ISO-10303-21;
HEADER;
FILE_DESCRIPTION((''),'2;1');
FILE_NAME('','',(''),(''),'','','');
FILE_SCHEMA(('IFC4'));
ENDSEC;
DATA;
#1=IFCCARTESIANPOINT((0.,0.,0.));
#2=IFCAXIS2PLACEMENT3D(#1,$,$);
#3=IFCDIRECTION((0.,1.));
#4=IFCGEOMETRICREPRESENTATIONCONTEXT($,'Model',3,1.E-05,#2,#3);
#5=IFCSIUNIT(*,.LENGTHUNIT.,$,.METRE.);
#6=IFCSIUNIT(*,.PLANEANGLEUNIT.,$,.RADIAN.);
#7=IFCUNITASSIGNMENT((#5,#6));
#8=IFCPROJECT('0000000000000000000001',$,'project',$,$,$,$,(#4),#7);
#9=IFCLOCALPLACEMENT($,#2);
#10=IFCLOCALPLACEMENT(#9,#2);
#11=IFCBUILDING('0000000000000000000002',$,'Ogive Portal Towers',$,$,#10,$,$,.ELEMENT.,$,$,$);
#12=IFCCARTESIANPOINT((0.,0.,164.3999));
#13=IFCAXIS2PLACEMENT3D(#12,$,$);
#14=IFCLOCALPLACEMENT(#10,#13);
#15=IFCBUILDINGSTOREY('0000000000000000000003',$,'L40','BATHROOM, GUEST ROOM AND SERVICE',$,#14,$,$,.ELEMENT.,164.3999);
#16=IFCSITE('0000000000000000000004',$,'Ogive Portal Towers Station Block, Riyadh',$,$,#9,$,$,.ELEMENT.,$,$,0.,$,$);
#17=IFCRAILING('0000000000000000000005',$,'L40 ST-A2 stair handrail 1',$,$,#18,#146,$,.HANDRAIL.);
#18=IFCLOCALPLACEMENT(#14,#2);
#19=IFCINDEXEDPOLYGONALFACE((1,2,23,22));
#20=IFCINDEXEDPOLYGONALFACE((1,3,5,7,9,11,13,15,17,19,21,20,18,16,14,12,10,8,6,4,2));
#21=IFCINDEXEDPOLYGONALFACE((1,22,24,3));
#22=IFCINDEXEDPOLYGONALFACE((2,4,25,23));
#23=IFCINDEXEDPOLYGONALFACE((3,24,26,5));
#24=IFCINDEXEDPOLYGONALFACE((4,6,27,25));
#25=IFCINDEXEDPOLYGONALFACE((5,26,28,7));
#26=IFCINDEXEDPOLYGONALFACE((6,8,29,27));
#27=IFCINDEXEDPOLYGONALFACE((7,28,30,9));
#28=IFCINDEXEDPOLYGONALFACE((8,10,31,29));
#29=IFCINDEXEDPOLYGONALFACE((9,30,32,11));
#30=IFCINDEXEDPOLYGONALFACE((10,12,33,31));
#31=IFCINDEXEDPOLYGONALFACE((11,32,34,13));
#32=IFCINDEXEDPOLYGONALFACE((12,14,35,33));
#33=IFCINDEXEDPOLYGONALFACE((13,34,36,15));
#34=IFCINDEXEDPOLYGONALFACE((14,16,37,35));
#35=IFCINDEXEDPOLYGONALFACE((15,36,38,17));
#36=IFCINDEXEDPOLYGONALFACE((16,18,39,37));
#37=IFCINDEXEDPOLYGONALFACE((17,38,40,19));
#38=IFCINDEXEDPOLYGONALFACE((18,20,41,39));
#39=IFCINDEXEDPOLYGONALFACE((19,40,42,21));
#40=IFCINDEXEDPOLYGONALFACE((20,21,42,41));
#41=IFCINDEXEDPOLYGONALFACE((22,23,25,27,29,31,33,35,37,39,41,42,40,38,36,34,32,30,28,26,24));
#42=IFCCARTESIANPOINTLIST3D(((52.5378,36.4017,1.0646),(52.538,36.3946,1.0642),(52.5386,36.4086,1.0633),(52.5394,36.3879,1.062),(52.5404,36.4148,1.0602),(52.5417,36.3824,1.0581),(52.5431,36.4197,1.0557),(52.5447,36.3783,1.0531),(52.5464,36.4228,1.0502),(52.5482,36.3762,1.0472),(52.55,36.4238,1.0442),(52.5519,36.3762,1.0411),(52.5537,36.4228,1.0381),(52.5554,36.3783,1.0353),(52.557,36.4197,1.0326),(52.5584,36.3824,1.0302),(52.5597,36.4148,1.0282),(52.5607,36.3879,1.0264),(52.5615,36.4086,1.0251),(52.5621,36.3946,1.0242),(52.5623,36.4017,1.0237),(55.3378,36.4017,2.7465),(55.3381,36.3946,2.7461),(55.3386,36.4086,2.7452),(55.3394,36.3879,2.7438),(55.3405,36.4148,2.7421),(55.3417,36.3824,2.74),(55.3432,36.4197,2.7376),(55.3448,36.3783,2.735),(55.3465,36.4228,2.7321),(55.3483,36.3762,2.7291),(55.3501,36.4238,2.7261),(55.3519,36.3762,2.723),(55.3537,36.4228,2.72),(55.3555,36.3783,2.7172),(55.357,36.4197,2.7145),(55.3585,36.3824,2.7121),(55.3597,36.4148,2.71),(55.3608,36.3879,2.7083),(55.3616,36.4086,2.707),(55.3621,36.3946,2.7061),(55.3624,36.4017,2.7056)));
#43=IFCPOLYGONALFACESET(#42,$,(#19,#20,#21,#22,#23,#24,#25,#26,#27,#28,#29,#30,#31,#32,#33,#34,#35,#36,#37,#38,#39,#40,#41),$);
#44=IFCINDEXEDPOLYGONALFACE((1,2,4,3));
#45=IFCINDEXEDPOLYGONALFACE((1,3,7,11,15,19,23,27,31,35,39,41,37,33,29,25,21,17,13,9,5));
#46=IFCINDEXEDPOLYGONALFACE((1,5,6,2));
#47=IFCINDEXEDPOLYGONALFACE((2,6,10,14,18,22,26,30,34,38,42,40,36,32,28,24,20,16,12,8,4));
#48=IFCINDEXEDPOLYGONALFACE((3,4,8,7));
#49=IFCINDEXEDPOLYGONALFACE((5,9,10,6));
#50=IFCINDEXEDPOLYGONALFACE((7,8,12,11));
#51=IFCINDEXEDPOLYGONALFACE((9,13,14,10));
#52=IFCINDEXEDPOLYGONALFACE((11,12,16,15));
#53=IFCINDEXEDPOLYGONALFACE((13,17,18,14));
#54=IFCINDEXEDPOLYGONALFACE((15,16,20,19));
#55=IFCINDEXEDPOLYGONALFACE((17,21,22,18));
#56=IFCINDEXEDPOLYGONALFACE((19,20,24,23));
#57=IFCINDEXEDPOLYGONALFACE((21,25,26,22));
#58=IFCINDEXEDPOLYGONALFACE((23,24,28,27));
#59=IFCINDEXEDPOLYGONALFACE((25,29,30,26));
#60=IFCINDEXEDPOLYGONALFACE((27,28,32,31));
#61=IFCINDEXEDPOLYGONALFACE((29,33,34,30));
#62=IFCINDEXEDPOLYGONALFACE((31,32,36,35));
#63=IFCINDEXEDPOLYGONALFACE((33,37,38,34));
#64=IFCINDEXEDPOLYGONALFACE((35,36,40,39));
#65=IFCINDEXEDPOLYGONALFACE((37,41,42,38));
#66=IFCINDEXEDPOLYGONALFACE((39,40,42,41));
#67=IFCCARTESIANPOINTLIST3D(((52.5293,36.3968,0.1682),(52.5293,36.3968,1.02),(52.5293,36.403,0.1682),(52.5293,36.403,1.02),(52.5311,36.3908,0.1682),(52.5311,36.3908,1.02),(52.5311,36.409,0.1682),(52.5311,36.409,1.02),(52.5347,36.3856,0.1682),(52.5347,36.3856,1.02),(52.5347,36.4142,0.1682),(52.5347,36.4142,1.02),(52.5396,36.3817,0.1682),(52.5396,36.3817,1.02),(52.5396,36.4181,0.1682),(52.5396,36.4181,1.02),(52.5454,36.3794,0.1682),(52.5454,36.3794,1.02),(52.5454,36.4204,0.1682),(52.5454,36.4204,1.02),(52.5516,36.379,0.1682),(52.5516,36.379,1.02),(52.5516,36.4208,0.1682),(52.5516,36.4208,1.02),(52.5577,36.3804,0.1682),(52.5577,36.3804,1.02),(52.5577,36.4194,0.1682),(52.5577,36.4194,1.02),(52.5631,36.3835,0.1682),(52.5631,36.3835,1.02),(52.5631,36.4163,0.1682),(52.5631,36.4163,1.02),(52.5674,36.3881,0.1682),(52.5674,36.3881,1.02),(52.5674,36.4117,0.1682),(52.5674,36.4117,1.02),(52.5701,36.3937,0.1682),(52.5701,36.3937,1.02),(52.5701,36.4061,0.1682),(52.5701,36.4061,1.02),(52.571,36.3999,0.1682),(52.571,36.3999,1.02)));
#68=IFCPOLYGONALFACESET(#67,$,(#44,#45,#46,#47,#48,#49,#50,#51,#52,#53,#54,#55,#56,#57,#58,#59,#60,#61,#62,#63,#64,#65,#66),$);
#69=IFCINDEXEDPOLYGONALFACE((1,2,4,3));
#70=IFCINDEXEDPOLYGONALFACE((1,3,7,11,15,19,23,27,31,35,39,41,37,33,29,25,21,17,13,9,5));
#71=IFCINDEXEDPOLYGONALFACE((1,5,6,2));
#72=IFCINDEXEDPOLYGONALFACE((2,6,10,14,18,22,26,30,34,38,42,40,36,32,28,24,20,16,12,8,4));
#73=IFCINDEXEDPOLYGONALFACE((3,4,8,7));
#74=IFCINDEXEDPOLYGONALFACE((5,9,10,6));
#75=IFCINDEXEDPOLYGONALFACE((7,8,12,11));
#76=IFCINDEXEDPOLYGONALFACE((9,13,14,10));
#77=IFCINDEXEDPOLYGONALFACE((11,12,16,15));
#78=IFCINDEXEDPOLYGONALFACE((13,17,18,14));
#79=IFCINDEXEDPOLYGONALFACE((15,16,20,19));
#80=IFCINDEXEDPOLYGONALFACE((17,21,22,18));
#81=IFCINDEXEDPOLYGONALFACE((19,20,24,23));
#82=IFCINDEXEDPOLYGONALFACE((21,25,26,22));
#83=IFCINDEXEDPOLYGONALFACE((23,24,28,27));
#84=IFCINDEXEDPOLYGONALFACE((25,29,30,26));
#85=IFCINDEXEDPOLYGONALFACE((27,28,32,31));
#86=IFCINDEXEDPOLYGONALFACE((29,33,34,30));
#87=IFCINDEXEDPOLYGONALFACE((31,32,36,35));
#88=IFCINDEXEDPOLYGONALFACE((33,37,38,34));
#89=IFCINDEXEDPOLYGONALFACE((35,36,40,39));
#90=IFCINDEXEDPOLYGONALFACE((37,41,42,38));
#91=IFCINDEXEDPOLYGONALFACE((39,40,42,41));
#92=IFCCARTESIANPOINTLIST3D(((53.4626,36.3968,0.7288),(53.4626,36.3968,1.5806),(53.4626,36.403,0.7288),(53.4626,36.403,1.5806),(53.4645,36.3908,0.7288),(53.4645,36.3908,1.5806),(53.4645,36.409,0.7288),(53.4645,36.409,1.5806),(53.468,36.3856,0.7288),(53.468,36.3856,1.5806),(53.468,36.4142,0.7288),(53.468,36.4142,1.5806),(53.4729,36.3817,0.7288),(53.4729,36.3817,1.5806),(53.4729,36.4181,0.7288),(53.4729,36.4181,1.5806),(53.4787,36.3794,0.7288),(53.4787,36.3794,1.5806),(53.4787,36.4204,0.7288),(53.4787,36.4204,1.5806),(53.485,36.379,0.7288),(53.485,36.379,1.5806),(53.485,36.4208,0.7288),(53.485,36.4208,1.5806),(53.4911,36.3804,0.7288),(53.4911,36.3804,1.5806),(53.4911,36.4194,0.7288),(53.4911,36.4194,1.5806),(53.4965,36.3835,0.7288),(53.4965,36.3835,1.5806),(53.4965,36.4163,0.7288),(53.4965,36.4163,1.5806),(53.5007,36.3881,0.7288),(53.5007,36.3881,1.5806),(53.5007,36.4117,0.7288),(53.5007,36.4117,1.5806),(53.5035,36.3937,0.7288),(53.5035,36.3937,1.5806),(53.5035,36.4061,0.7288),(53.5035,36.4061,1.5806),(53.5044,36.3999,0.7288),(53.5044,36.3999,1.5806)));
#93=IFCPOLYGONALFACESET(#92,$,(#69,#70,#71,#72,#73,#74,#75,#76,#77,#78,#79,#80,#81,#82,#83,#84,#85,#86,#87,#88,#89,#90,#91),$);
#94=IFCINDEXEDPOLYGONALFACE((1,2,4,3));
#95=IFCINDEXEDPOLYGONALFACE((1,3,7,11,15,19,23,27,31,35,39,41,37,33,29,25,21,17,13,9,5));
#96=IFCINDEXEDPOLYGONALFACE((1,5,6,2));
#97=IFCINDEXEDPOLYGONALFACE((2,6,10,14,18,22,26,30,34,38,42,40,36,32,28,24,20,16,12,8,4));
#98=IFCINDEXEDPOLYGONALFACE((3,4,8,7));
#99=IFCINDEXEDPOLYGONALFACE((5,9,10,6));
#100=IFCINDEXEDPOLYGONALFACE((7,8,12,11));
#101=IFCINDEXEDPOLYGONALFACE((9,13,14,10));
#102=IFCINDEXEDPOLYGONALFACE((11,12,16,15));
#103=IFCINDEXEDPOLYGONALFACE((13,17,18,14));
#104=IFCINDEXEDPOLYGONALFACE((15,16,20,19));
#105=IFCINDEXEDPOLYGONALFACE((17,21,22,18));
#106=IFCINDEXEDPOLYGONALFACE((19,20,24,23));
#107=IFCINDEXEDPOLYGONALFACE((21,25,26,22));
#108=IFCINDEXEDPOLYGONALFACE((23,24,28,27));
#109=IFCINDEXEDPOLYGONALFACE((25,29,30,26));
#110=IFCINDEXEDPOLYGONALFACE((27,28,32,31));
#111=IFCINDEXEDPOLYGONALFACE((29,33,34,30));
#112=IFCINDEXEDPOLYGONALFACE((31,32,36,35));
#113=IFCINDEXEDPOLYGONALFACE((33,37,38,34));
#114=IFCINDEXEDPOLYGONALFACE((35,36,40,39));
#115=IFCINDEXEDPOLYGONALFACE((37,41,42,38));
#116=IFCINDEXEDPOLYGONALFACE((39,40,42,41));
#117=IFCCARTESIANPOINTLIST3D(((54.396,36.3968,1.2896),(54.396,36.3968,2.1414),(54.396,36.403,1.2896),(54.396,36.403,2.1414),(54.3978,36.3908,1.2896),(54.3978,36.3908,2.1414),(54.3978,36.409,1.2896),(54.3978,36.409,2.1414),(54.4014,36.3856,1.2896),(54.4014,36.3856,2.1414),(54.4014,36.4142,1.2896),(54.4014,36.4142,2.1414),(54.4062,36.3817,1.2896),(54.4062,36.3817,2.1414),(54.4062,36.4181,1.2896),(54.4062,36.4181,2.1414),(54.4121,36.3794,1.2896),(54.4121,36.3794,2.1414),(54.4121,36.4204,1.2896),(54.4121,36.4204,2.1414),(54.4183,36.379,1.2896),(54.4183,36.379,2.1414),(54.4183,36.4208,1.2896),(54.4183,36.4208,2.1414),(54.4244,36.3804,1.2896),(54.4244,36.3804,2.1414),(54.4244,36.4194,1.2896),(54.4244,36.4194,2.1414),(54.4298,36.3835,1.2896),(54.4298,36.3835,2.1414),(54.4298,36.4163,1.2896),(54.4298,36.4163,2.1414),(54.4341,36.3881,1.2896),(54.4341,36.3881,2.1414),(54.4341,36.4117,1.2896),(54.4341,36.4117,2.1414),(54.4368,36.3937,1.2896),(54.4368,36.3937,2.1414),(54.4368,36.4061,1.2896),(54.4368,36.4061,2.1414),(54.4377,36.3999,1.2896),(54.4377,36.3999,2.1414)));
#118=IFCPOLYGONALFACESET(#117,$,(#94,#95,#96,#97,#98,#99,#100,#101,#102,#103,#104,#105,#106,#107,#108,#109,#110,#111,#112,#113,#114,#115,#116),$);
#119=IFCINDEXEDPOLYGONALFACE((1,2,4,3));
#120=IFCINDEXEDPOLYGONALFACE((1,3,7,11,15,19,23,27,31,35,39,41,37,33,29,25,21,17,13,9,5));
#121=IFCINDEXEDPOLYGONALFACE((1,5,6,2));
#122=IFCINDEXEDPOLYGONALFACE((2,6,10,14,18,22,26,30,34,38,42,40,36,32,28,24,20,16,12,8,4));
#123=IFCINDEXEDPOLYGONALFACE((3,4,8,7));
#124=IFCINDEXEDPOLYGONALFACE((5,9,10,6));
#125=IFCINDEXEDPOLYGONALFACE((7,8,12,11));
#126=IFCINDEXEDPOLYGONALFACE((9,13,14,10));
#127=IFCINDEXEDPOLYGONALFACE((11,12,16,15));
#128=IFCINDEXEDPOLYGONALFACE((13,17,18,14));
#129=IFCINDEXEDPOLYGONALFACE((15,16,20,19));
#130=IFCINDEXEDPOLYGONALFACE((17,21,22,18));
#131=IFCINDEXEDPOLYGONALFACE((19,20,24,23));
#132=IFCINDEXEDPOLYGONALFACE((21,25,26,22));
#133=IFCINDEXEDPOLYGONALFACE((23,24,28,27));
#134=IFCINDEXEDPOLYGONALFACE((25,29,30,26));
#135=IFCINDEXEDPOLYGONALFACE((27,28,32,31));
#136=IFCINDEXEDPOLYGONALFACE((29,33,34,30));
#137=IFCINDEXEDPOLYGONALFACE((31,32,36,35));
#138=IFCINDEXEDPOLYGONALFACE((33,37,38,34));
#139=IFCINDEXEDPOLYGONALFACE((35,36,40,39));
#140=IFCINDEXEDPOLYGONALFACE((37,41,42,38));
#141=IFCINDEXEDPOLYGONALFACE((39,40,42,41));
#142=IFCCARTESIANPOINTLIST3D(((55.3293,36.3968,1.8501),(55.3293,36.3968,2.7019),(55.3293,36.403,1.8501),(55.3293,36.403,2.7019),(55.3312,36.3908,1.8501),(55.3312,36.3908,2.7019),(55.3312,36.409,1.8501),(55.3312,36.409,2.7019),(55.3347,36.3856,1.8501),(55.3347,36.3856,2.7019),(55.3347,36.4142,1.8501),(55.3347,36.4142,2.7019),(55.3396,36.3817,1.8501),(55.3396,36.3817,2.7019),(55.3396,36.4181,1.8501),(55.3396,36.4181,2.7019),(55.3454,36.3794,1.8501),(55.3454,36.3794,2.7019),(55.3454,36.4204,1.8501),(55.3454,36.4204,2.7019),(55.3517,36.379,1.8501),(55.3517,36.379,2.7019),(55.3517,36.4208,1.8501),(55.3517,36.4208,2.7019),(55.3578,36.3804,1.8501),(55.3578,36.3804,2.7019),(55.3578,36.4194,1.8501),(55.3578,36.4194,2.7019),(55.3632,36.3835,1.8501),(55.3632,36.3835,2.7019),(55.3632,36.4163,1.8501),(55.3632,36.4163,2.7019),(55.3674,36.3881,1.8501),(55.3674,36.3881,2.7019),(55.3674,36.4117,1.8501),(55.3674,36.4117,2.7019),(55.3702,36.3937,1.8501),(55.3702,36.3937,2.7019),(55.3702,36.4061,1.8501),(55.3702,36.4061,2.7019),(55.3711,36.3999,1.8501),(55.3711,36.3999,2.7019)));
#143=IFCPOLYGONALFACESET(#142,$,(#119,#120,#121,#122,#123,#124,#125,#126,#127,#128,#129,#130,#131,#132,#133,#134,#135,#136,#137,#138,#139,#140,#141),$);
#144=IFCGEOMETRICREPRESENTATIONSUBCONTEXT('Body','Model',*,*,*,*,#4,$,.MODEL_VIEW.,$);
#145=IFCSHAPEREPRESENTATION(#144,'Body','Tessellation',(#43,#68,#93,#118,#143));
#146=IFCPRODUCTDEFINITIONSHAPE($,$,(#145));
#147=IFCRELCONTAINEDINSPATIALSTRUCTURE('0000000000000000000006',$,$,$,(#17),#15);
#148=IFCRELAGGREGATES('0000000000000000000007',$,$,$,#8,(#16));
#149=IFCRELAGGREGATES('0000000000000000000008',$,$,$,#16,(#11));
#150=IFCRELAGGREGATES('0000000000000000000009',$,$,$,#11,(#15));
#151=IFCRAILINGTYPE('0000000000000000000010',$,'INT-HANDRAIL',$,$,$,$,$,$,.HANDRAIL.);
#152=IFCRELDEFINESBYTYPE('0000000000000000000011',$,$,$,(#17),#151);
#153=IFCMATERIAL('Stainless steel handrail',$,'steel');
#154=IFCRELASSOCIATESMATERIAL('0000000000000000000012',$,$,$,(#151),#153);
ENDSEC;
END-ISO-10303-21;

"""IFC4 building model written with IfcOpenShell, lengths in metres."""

from ifc_helpers import new_model, si_unit, direction, frame, origin, origin_2d, place, context, subcontext, project, spatial, circle, extrude, material, type_object, element, save


model = new_model("IFC4")

# Units and contexts
model_context = context("Model", 3, precision=1e-05, world=origin(), true_north=direction((0.0, 1.0)))
body_context = subcontext(model_context, "Body", "Model", "MODEL_VIEW")
ifc_project = project(units=[si_unit("LENGTHUNIT", "METRE"), si_unit("PLANEANGLEUNIT", "RADIAN")], contexts=[model_context])

# Site, building, storey
site_placement = place(None, origin())
site = spatial("IfcSite", under=ifc_project, at=site_placement, Name="Ogive Portal Towers Station Block, Riyadh", CompositionType="ELEMENT", RefElevation=0.0)
building_placement = place(site_placement, origin())
building = spatial("IfcBuilding", under=site, at=building_placement, Name="Ogive Portal Towers", CompositionType="ELEMENT")
storey_placement = place(building_placement, frame((0.0, 0.0, 164.3999)))
storey = spatial("IfcBuildingStorey", under=building, at=storey_placement, Name="L40", Description="BATHROOM, GUEST ROOM AND SERVICE", CompositionType="ELEMENT", Elevation=164.3999)

# Railing
ifc_material_1 = material(Name="Stainless steel handrail", Category="steel")
railing_type_1 = type_object("IfcRailingType", Name="INT-HANDRAIL", PredefinedType="HANDRAIL", material=ifc_material_1)
railing_1_placement = place(storey_placement, frame((52.55, 36.3999, 0.1682)))
element("IfcRailing", 1, at=railing_1_placement, inside=storey, type_object=railing_type_1, Name="L40 ST-A2 stair handrail 1", PredefinedType="HANDRAIL", context=body_context, shape_type="SweptSolid", body=[
    extrude(circle(Radius=0.0239, at=origin_2d()), frame((0.0, 0.0, 0.876), z_axis=(0.857242, 0.0, 0.514913), x_axis=(0.0, 1.0, 0.0)), (0.0, 0.0, 1.0), 3.2664),
    extrude(circle(Radius=0.021, at=origin_2d()), origin(), (0.0, 0.0, 1.0), 0.8518),
    extrude(circle(Radius=0.021, at=origin_2d()), frame((0.9333, 0.0, 0.5605)), (0.0, 0.0, 1.0), 0.8518),
    extrude(circle(Radius=0.021, at=origin_2d()), frame((1.8667, 0.0, 1.1213)), (0.0, 0.0, 1.0), 0.8518),
    extrude(circle(Radius=0.021, at=origin_2d()), frame((2.8, 0.0, 1.6819)), (0.0, 0.0, 1.0), 0.8518),
])

save(model, "model.ifc")
